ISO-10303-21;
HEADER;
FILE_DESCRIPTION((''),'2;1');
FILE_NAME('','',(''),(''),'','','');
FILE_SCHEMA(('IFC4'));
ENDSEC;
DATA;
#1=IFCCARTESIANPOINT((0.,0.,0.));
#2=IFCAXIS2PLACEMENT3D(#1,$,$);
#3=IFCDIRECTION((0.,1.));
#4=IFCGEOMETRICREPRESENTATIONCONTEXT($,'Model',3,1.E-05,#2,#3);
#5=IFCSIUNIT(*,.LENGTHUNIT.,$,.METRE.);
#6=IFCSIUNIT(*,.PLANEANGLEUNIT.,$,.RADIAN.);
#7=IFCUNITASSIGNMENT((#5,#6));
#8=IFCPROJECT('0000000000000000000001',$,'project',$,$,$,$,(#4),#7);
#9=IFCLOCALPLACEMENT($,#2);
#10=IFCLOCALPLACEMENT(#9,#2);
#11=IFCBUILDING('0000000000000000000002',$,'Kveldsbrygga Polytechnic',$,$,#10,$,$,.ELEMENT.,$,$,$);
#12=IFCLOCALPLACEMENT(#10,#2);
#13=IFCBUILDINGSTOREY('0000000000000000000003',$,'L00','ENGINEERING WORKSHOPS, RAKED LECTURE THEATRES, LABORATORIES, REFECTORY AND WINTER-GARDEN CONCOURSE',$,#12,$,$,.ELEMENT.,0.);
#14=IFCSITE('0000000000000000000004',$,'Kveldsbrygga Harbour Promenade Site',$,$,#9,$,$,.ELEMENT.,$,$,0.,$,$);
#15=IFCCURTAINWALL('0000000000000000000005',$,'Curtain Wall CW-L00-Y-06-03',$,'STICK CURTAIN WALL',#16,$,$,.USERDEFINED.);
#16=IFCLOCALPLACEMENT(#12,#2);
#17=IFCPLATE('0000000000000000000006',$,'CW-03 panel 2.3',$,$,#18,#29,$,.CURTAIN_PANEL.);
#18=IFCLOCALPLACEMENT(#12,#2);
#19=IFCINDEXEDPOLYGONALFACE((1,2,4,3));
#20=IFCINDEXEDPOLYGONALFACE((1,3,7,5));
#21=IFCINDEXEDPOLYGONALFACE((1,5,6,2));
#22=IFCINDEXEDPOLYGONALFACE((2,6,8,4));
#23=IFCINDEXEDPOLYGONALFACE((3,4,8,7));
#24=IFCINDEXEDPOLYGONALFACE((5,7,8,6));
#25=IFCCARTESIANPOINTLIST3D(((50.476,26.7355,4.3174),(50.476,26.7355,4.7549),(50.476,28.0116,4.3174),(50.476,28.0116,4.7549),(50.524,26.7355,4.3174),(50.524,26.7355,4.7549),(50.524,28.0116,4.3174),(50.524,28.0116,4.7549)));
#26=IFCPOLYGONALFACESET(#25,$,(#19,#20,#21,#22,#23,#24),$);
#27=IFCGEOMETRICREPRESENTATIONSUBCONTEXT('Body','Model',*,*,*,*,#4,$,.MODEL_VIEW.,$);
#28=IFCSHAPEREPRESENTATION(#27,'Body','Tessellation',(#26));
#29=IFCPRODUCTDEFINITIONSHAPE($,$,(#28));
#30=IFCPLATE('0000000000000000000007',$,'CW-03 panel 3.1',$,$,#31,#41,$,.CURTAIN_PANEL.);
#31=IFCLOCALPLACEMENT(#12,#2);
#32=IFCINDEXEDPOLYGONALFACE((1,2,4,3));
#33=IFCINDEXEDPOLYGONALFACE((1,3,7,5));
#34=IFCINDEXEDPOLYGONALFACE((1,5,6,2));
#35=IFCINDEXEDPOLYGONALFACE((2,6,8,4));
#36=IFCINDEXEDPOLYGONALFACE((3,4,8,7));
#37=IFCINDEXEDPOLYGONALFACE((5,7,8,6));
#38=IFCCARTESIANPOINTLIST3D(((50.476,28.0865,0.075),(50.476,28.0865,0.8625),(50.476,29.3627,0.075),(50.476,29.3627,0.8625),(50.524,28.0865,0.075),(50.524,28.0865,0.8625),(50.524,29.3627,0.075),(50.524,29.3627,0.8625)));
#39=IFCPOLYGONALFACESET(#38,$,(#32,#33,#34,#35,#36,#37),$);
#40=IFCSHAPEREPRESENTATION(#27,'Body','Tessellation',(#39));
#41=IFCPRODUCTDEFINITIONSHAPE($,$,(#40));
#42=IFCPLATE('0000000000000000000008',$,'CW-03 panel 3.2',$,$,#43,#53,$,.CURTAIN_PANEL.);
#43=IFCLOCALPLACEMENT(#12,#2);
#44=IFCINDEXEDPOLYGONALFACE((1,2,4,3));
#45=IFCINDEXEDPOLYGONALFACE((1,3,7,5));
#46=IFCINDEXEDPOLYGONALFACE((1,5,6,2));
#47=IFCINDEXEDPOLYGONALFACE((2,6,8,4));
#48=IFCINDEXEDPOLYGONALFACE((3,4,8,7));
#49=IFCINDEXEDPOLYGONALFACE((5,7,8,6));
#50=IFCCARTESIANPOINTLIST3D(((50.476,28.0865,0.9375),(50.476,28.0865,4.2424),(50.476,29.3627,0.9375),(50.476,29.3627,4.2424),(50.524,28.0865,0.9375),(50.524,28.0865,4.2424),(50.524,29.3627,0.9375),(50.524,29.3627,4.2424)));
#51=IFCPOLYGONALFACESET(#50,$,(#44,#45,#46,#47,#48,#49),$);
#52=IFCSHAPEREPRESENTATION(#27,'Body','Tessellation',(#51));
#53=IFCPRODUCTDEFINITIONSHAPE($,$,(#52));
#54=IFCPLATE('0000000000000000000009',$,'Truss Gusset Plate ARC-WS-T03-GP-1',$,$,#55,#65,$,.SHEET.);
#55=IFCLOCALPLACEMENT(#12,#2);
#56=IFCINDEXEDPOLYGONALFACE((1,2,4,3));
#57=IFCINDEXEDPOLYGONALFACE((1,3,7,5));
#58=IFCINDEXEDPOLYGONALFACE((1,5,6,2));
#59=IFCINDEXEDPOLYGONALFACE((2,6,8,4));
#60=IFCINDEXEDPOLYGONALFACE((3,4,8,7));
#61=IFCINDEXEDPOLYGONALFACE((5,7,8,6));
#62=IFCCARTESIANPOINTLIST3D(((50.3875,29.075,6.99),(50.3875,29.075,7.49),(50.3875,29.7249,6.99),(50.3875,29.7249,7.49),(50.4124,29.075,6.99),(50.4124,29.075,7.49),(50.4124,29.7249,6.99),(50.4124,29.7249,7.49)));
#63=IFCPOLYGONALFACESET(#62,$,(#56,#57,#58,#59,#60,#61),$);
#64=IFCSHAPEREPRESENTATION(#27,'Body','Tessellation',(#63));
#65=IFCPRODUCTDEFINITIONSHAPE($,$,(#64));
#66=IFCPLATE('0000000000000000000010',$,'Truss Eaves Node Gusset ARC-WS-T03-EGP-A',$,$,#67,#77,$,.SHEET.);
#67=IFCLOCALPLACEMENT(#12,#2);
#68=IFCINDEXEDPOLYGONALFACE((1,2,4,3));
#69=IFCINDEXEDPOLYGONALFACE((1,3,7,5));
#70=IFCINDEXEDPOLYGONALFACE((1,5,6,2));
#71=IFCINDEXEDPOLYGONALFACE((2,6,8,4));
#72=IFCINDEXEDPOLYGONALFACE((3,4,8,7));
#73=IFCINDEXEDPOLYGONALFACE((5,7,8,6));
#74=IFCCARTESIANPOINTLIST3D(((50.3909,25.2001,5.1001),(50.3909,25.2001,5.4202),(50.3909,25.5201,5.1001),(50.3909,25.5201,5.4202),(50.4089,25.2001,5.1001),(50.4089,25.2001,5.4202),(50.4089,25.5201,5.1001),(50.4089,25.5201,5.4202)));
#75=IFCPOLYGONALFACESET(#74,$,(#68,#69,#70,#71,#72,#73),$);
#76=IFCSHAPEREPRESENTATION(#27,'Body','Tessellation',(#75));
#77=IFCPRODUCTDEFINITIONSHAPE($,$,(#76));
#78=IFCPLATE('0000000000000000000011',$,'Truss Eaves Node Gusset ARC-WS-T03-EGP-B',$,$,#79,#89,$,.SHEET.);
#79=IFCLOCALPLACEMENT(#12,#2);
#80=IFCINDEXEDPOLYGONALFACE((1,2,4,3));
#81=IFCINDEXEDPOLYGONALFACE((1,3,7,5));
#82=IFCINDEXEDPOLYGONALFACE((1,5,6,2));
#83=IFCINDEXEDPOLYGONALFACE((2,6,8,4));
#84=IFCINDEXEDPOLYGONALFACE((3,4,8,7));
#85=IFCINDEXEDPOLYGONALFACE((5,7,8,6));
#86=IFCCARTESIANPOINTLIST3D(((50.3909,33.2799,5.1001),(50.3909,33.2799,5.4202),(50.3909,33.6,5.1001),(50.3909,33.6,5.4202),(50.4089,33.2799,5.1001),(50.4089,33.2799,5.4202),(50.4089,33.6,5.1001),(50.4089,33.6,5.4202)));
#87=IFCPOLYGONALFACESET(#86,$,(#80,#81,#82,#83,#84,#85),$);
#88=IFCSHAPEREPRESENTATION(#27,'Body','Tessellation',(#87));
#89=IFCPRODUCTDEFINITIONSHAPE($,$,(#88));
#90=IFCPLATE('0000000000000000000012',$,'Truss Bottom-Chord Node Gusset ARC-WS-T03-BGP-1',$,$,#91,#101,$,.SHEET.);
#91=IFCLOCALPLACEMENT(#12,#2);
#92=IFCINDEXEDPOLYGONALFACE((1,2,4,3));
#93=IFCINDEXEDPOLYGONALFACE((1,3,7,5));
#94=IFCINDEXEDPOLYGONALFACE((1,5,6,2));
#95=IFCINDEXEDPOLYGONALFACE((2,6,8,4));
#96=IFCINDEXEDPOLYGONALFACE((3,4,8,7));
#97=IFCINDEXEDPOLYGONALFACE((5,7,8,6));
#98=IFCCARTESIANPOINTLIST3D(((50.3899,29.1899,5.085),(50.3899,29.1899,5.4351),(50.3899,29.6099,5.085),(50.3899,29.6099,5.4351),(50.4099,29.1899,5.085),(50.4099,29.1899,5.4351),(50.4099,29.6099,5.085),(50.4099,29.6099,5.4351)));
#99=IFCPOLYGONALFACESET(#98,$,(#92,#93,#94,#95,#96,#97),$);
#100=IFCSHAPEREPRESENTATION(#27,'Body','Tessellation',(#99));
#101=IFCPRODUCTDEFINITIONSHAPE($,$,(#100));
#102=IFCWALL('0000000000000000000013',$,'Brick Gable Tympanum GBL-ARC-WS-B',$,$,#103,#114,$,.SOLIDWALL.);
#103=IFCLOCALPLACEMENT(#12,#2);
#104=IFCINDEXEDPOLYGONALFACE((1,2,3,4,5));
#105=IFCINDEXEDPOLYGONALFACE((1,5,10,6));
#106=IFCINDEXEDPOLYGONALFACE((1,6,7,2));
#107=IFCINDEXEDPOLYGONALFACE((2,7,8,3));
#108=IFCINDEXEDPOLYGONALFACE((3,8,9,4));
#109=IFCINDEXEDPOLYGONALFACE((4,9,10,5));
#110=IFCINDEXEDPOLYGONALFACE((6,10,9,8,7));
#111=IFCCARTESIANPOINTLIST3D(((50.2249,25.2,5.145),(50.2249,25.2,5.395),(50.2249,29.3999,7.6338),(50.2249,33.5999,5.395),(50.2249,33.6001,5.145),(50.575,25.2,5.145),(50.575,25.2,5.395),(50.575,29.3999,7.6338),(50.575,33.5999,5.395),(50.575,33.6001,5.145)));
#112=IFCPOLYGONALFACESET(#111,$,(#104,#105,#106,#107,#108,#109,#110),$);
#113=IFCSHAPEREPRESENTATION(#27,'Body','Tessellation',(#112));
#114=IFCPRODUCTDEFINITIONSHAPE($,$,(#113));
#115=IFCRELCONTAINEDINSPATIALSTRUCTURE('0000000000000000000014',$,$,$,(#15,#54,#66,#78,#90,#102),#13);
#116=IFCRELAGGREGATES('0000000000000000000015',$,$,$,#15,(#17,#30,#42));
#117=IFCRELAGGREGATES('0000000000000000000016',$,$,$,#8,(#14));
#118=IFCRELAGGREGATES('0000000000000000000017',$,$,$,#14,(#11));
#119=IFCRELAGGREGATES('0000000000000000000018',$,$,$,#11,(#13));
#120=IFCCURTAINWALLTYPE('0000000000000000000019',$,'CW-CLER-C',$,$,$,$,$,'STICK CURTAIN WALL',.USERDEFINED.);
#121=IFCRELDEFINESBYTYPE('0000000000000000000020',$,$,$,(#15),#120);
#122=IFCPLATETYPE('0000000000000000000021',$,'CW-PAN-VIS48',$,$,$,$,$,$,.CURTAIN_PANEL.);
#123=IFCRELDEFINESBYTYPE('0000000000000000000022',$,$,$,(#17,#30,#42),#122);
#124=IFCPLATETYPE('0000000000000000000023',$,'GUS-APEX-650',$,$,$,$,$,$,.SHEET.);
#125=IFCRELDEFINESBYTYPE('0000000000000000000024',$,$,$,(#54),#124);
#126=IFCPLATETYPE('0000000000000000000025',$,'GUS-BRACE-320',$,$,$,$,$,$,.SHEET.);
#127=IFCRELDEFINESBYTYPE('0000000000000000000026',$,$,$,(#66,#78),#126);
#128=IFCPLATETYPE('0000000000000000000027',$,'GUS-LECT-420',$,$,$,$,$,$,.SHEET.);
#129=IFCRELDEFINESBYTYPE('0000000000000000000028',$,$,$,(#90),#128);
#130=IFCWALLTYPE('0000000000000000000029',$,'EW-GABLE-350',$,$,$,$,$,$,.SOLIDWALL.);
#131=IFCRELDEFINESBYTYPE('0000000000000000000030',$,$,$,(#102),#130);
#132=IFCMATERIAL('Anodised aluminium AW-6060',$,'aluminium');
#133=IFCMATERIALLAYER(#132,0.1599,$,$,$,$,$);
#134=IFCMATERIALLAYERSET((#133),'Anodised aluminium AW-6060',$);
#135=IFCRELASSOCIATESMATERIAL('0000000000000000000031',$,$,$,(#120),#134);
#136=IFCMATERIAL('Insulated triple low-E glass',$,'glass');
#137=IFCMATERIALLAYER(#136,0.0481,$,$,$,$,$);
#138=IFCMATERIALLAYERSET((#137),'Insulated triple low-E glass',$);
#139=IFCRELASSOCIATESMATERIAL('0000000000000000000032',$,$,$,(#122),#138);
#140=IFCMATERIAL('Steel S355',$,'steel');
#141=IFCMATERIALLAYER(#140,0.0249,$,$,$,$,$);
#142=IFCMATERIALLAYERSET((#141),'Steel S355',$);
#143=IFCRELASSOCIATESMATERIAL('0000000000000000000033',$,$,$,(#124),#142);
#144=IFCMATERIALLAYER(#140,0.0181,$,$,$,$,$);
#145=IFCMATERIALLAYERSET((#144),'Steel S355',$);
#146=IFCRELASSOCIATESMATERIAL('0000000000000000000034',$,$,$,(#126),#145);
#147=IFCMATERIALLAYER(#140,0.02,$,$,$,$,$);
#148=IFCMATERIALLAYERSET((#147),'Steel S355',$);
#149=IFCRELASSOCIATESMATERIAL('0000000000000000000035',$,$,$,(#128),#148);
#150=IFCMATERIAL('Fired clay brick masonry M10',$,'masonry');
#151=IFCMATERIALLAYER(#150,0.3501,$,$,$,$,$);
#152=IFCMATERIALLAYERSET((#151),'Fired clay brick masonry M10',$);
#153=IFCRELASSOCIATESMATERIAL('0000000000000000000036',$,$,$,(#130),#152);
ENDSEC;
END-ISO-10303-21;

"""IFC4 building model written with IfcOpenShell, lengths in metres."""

from ifc_helpers import new_model, si_unit, direction, frame, origin, origin_2d, place, context, subcontext, project, spatial, polyline, rectangle, outline, extrude, material, layer, layer_set, type_object, element, aggregate, save


model = new_model("IFC4")

# Units and contexts
model_context = context("Model", 3, precision=1e-05, world=origin(), true_north=direction((0.0, 1.0)))
body_context = subcontext(model_context, "Body", "Model", "MODEL_VIEW")
ifc_project = project(units=[si_unit("LENGTHUNIT", "METRE"), si_unit("PLANEANGLEUNIT", "RADIAN")], contexts=[model_context])

# Site, building, storey
site_placement = place(None, origin())
site = spatial("IfcSite", under=ifc_project, at=site_placement, Name="Kveldsbrygga Harbour Promenade Site", CompositionType="ELEMENT", RefElevation=0.0)
building_placement = place(site_placement, origin())
building = spatial("IfcBuilding", under=site, at=building_placement, Name="Kveldsbrygga Polytechnic", CompositionType="ELEMENT")
storey_placement = place(building_placement, origin())
storey = spatial("IfcBuildingStorey", under=building, at=storey_placement, Name="L00", Description="ENGINEERING WORKSHOPS, RAKED LECTURE THEATRES, LABORATORIES, REFECTORY AND WINTER-GARDEN CONCOURSE", CompositionType="ELEMENT", Elevation=0.0)

# Curtain wall
ifc_material_1 = material(Name="Anodised aluminium AW-6060", Category="aluminium")
ifc_layer_1 = layer(ifc_material_1, 0.1599)
ifc_layer_set_1 = layer_set([ifc_layer_1], Name="Anodised aluminium AW-6060")
curtain_wall_type = type_object("IfcCurtainWallType", Name="CW-CLER-C", ElementType="STICK CURTAIN WALL", PredefinedType="USERDEFINED", material=ifc_layer_set_1)
curtain_wall_placement = place(storey_placement, origin())
curtain_wall = element("IfcCurtainWall", 1, at=curtain_wall_placement, inside=storey, type_object=curtain_wall_type, Name="Curtain Wall CW-L00-Y-06-03", ObjectType="STICK CURTAIN WALL", PredefinedType="USERDEFINED")

# Shared definitions
ifc_material_2 = material(Name="Steel S355", Category="steel")

# Plates
ifc_material_3 = material(Name="Insulated triple low-E glass", Category="glass")
ifc_layer_2 = layer(ifc_material_3, 0.0481)
ifc_layer_set_2 = layer_set([ifc_layer_2], Name="Insulated triple low-E glass")
plate_type_1 = type_object("IfcPlateType", Name="CW-PAN-VIS48", PredefinedType="CURTAIN_PANEL", material=ifc_layer_set_2)
plate_1_placement = place(storey_placement, frame((50.5, 27.3735, 4.3174), z_axis=(0.0, 0.0, 1.0), x_axis=(0.0, 1.0, 0.0)))
plate_1 = element("IfcPlate", 2, at=plate_1_placement, type_object=plate_type_1, Name="CW-03 panel 2.3", PredefinedType="CURTAIN_PANEL", context=body_context, shape_type="SweptSolid", body=[
    extrude(rectangle(XDim=1.2761, YDim=0.0481, at=origin_2d()), origin(), (0.0, 0.0, 1.0), 0.4375),
])
plate_2_placement = place(storey_placement, frame((50.5, 28.7246, 0.075), z_axis=(0.0, 0.0, 1.0), x_axis=(0.0, 1.0, 0.0)))
plate_2 = element("IfcPlate", 3, at=plate_2_placement, type_object=plate_type_1, Name="CW-03 panel 3.1", PredefinedType="CURTAIN_PANEL", context=body_context, shape_type="SweptSolid", body=[
    extrude(rectangle(XDim=1.2761, YDim=0.0481, at=origin_2d()), origin(), (0.0, 0.0, 1.0), 0.7876),
])
plate_3_placement = place(storey_placement, frame((50.5, 28.7246, 0.9375), z_axis=(0.0, 0.0, 1.0), x_axis=(0.0, 1.0, 0.0)))
plate_3 = element("IfcPlate", 4, at=plate_3_placement, type_object=plate_type_1, Name="CW-03 panel 3.2", PredefinedType="CURTAIN_PANEL", context=body_context, shape_type="SweptSolid", body=[
    extrude(rectangle(XDim=1.2761, YDim=0.0481, at=origin_2d()), origin(), (0.0, 0.0, 1.0), 3.3049),
])
aggregate(curtain_wall, [plate_1, plate_2, plate_3])

# Plates
ifc_layer_3 = layer(ifc_material_2, 0.0249)
ifc_layer_set_3 = layer_set([ifc_layer_3], Name="Steel S355")
plate_type_2 = type_object("IfcPlateType", Name="GUS-APEX-650", PredefinedType="SHEET", material=ifc_layer_set_3)
plate_4_placement = place(storey_placement, frame((50.3999, 29.3999, 6.99), z_axis=(0.0, 0.0, 1.0), x_axis=(1.0, 0.0, 0.0)))
element("IfcPlate", 5, at=plate_4_placement, inside=storey, type_object=plate_type_2, Name="Truss Gusset Plate ARC-WS-T03-GP-1", PredefinedType="SHEET", context=body_context, shape_type="SweptSolid", body=[
    extrude(rectangle(XDim=0.0249, YDim=0.6499, at=origin_2d()), origin(), (0.0, 0.0, 1.0), 0.5),
])
ifc_layer_4 = layer(ifc_material_2, 0.0181)
ifc_layer_set_4 = layer_set([ifc_layer_4], Name="Steel S355")
plate_type_3 = type_object("IfcPlateType", Name="GUS-BRACE-320", PredefinedType="SHEET", material=ifc_layer_set_4)
for number, where, z_axis, x_axis, name in (
    (6, (50.3999, 25.3601, 5.1001), (0.0, 0.0, 1.0), (1.0, 0.0, 0.0), "Truss Eaves Node Gusset ARC-WS-T03-EGP-A"),
    (7, (50.3999, 33.4399, 5.1001), (0.0, 0.0, 1.0), (1.0, 0.0, 0.0), "Truss Eaves Node Gusset ARC-WS-T03-EGP-B"),
):
    element("IfcPlate", number, at=place(storey_placement, frame(where, z_axis=z_axis, x_axis=x_axis)), inside=storey, type_object=plate_type_3, Name=name, PredefinedType="SHEET", context=body_context, shape_type="SweptSolid", body=[
        extrude(rectangle(XDim=0.0181, YDim=0.3201, at=origin_2d()), origin(), (0.0, 0.0, 1.0), 0.3201),
    ])
ifc_layer_5 = layer(ifc_material_2, 0.02)
ifc_layer_set_5 = layer_set([ifc_layer_5], Name="Steel S355")
plate_type_4 = type_object("IfcPlateType", Name="GUS-LECT-420", PredefinedType="SHEET", material=ifc_layer_set_5)
plate_5_placement = place(storey_placement, frame((50.3999, 29.3999, 5.085), z_axis=(0.0, 0.0, 1.0), x_axis=(1.0, 0.0, 0.0)))
element("IfcPlate", 8, at=plate_5_placement, inside=storey, type_object=plate_type_4, Name="Truss Bottom-Chord Node Gusset ARC-WS-T03-BGP-1", PredefinedType="SHEET", context=body_context, shape_type="SweptSolid", body=[
    extrude(rectangle(XDim=0.02, YDim=0.4199, at=origin_2d()), origin(), (0.0, 0.0, 1.0), 0.3501),
])

# Wall
ifc_material_4 = material(Name="Fired clay brick masonry M10", Category="masonry")
ifc_layer_6 = layer(ifc_material_4, 0.3501)
ifc_layer_set_6 = layer_set([ifc_layer_6], Name="Fired clay brick masonry M10")
wall_type = type_object("IfcWallType", Name="EW-GABLE-350", PredefinedType="SOLIDWALL", material=ifc_layer_set_6)
wall_placement = place(storey_placement, frame((50.3999, 25.2, 5.145), z_axis=(0.0, 0.0, 1.0), x_axis=(0.0, 1.0, 0.0)))
element("IfcWall", 9, at=wall_placement, inside=storey, type_object=wall_type, Name="Brick Gable Tympanum GBL-ARC-WS-B", PredefinedType="SOLIDWALL", context=body_context, shape_type="SweptSolid", body=[
    extrude(outline(polyline([(0.0, 0.0), (8.4001, 0.0), (8.3999, 0.25), (4.2, 2.4888), (0.0, 0.25), (0.0, 0.0)])), frame((0.0, 0.175, 0.0), z_axis=(0.0, -1.0, 0.0), x_axis=(1.0, 0.0, 0.0)), (0.0, 0.0, 1.0), 0.3501),
])

save(model, "model.ifc")
